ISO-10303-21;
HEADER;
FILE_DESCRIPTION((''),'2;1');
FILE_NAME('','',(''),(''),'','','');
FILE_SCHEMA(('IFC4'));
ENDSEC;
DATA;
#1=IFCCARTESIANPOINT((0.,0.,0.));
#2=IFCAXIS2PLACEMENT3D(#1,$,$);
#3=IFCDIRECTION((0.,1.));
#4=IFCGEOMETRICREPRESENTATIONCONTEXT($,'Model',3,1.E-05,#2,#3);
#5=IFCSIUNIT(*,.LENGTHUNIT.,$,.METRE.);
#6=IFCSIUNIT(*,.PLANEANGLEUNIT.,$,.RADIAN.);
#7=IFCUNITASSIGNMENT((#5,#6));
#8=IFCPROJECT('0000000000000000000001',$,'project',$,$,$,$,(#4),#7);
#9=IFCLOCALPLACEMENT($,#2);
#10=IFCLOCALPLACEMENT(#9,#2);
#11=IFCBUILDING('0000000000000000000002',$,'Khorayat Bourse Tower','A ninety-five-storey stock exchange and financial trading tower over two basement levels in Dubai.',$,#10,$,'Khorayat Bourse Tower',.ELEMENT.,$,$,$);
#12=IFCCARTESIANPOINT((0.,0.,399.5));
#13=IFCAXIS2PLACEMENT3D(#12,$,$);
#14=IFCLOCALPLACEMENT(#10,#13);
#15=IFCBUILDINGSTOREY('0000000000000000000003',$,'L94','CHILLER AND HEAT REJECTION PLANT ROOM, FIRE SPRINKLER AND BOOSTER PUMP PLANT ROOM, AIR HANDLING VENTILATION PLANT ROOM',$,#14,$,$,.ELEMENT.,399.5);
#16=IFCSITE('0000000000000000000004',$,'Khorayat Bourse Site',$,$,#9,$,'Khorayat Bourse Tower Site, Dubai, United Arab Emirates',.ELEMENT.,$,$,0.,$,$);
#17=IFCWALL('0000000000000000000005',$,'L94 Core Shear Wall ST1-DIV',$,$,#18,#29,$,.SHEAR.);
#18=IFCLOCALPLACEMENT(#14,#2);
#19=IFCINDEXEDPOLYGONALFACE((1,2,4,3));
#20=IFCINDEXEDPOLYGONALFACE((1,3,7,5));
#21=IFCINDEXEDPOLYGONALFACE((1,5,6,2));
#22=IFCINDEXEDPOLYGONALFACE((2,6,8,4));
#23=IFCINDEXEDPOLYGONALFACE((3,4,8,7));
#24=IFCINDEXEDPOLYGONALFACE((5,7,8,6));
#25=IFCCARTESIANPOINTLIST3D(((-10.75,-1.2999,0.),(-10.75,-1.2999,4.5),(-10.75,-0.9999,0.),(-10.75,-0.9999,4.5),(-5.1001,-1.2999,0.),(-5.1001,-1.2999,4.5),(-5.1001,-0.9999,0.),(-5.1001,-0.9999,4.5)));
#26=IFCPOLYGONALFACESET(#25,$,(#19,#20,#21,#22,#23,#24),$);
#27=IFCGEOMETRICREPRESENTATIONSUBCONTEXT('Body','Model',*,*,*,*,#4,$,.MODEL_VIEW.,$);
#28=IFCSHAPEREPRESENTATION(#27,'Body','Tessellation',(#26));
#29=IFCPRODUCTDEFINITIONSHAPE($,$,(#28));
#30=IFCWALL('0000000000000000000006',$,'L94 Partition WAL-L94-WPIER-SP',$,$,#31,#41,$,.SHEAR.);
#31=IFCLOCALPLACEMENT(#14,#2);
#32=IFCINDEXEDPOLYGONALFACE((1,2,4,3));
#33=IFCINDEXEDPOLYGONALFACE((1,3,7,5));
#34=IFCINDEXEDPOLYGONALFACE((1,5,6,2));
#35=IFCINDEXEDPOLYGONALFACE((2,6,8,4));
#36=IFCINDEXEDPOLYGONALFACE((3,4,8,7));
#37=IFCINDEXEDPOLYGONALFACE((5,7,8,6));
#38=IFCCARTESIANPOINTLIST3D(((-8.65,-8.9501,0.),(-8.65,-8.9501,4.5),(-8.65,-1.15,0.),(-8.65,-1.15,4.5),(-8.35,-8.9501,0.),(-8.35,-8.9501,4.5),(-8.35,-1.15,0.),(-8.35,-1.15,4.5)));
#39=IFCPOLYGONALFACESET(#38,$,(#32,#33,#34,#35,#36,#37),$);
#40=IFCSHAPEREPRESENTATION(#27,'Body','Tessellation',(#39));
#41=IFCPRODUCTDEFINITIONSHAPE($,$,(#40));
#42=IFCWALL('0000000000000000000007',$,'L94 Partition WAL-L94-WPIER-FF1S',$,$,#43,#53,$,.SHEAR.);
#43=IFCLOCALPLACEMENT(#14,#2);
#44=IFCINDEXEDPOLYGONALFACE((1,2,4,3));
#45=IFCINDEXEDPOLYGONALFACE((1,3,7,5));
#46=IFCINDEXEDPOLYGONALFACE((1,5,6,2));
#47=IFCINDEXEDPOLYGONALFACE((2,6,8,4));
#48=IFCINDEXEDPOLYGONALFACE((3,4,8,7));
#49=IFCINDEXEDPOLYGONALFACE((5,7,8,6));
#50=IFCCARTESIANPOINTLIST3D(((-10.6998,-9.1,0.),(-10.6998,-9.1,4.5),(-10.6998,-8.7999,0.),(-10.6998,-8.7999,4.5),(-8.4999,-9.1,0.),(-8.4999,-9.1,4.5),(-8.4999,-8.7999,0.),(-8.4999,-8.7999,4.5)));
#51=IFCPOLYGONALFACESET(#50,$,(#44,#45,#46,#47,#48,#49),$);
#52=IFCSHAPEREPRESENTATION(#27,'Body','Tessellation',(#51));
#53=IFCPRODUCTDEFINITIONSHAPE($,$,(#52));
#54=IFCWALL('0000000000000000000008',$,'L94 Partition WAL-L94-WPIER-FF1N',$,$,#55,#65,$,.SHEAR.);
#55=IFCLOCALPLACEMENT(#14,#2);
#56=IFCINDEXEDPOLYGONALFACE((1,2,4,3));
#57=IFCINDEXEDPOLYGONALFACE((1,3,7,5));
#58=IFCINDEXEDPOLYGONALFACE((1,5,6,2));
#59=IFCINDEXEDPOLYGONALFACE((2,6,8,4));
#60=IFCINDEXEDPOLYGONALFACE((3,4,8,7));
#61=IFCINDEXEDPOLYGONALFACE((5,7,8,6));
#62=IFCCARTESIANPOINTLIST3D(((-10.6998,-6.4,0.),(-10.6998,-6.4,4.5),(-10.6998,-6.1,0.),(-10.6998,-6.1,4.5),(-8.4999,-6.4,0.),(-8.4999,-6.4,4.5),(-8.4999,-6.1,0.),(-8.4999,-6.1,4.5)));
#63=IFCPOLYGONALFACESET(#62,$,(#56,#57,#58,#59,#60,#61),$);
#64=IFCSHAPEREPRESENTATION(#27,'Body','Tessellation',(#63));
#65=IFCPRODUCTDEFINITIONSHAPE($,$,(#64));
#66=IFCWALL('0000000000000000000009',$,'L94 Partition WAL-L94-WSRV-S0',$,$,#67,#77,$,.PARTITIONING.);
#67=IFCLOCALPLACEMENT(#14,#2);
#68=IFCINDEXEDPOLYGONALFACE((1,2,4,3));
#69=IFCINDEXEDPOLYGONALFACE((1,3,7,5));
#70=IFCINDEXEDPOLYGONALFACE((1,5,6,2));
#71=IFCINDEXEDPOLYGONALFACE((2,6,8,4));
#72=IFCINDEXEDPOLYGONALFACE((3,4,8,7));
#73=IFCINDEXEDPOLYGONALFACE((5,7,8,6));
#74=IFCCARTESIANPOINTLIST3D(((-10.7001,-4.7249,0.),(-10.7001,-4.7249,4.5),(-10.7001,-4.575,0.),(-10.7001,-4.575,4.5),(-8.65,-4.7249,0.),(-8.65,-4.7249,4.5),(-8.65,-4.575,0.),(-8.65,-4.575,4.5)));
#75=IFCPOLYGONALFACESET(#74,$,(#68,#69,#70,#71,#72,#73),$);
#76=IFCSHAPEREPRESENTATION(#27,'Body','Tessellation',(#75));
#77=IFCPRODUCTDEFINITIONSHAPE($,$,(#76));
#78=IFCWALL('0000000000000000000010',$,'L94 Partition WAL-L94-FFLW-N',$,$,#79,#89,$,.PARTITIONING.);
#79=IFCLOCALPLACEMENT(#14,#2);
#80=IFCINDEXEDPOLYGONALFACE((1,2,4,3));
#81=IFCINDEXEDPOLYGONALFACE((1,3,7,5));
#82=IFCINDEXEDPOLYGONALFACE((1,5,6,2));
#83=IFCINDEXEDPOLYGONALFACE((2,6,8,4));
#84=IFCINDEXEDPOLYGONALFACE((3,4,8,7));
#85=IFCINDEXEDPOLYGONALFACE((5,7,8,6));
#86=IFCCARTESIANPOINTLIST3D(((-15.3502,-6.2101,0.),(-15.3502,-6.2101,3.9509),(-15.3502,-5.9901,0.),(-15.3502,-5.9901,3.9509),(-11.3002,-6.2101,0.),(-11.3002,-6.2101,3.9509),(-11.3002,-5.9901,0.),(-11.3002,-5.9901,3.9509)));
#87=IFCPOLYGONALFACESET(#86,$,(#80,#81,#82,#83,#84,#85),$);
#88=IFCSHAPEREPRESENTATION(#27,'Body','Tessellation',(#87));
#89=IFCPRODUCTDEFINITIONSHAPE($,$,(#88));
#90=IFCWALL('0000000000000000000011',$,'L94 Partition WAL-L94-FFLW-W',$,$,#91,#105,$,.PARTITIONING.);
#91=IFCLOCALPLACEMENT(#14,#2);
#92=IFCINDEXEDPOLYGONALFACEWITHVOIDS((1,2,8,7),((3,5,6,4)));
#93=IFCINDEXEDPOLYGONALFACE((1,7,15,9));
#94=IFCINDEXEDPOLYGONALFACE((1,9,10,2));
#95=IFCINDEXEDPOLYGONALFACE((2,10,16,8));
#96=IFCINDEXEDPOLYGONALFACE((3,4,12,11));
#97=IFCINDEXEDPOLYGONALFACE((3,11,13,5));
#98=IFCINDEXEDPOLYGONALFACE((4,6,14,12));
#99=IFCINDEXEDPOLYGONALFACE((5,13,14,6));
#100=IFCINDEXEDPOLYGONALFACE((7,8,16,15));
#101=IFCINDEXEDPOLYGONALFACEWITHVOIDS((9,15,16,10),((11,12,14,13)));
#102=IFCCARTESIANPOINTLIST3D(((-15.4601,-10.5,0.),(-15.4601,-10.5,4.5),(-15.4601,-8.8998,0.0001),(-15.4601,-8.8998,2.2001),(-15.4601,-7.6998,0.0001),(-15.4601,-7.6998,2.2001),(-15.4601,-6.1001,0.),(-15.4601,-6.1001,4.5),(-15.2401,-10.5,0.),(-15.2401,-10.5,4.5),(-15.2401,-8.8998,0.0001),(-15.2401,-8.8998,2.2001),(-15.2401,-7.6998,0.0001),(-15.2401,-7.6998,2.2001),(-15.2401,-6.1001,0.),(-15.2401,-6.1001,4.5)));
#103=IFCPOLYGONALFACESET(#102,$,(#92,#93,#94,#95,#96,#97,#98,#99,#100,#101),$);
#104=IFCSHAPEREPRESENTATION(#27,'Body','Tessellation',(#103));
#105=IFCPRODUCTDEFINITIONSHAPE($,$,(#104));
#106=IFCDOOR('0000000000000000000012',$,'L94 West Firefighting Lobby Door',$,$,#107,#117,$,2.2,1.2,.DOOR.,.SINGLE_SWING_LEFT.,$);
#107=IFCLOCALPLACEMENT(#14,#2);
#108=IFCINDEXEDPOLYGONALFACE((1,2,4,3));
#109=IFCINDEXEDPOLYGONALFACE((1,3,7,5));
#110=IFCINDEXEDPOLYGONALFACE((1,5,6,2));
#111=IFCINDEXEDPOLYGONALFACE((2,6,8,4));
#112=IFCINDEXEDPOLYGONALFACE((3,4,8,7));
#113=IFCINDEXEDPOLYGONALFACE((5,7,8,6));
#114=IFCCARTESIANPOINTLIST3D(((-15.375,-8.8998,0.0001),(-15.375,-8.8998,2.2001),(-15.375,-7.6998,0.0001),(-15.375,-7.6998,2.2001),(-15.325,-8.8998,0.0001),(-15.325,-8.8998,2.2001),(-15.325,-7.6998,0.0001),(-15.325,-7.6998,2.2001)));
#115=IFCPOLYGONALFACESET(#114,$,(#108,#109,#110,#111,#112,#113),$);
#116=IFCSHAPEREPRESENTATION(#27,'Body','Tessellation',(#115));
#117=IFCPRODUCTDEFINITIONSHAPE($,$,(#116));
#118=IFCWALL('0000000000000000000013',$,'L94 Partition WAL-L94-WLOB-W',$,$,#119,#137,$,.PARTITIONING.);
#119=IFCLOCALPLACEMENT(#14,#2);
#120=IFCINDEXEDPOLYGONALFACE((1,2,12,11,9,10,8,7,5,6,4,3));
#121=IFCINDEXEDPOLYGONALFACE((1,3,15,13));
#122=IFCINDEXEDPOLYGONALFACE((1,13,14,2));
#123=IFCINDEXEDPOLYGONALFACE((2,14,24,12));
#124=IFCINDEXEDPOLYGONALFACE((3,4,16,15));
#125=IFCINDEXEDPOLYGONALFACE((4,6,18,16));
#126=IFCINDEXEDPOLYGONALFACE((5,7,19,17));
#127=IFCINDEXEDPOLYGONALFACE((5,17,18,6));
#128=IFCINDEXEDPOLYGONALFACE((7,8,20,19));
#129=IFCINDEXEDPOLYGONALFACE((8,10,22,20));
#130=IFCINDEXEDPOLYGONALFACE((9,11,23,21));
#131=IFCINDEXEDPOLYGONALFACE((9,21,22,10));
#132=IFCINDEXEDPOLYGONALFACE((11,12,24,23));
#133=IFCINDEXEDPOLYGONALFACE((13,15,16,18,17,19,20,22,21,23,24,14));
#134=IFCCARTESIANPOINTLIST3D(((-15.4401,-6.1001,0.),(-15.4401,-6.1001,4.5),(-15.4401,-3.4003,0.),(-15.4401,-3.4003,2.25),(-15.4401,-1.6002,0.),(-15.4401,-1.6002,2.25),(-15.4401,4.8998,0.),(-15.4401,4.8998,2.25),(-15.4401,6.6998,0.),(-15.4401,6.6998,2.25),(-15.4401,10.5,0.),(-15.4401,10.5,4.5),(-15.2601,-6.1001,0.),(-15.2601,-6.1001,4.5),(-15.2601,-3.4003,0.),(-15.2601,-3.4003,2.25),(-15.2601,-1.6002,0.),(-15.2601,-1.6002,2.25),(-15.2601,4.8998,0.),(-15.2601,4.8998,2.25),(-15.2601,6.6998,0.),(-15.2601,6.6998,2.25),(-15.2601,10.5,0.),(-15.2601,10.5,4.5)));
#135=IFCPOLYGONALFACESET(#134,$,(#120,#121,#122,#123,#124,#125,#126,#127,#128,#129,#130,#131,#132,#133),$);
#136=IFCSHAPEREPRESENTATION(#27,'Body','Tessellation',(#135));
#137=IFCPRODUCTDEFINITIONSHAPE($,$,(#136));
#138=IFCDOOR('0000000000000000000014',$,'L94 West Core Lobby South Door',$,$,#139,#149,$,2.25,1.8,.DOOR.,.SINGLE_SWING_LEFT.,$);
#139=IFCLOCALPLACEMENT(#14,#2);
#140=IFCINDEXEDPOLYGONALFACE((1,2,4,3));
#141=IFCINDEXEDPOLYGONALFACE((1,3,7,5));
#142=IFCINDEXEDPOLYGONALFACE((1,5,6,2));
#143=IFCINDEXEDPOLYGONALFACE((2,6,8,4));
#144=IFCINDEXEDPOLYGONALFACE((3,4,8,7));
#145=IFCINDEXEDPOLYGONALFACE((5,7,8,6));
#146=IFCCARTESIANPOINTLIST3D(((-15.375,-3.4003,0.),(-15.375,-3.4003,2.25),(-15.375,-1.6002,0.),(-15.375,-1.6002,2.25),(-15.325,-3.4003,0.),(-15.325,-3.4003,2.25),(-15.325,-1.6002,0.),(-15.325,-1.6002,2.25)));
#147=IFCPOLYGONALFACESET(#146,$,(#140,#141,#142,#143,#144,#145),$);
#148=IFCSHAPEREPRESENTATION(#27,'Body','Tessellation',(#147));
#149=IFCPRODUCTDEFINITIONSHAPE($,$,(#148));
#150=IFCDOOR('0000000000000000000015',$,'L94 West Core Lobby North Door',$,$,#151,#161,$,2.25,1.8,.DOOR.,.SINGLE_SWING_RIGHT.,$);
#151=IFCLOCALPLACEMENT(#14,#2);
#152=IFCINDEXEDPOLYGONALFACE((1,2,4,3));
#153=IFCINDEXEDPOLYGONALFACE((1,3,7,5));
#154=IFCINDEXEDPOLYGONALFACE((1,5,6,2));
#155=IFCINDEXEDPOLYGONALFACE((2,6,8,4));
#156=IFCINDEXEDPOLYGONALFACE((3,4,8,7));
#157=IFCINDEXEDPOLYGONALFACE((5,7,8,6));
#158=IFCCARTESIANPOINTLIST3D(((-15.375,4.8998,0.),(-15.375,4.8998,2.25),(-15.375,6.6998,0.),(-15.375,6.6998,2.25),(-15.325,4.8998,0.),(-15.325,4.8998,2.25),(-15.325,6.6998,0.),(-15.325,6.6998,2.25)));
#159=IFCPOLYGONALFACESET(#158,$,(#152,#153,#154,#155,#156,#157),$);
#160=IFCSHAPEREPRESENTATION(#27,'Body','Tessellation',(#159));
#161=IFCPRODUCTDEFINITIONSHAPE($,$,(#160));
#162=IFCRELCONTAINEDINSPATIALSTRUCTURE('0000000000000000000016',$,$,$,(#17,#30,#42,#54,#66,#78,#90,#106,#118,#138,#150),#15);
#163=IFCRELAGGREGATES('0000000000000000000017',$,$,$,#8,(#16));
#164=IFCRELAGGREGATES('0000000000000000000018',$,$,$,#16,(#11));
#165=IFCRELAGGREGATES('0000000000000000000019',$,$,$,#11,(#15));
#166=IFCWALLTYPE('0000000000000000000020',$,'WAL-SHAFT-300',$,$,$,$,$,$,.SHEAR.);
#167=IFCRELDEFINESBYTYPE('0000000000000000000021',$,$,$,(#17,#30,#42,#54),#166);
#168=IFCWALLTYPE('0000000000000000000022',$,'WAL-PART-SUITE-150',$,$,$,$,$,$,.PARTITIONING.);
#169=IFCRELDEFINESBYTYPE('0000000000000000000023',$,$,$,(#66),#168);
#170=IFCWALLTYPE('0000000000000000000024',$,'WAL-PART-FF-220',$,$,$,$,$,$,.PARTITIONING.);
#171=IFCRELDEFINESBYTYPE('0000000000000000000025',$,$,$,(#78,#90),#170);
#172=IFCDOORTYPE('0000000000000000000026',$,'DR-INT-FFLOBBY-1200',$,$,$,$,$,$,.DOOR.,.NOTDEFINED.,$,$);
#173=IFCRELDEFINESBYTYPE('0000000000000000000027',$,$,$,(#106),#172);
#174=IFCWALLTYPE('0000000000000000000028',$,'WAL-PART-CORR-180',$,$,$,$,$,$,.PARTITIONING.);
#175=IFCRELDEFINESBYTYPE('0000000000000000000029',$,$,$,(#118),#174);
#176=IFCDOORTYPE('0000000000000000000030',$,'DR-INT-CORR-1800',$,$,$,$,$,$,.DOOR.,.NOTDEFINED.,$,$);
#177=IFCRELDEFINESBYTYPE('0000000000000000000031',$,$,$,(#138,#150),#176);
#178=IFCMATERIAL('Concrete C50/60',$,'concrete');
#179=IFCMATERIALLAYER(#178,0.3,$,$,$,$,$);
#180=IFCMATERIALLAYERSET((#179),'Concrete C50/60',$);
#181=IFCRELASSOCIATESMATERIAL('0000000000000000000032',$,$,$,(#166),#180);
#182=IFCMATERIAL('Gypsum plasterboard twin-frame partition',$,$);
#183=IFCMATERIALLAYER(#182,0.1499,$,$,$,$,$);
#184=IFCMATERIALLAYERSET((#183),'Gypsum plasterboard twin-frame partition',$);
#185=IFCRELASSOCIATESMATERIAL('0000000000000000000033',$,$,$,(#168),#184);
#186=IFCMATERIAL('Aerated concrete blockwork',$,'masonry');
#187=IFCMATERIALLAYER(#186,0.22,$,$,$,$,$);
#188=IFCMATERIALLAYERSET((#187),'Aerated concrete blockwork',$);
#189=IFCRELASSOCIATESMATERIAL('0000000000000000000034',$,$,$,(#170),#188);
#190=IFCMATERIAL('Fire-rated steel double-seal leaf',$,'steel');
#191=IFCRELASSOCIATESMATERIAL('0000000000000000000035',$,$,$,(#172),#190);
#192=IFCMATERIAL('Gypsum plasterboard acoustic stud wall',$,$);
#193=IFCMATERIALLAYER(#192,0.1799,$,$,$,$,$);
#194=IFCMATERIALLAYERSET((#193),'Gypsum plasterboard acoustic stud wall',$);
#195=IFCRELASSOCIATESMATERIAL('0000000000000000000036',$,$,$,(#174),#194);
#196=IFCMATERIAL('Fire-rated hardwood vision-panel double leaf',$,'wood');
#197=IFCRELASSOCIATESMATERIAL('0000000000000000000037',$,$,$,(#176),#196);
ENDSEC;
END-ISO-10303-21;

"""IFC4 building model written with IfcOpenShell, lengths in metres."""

from ifc_helpers import new_model, si_unit, direction, frame, frame_2d, origin, place, context, subcontext, project, spatial, rectangle, extrude, source, transform, mapped, material, layer, layer_set, type_object, element, fill, save


model = new_model("IFC4")

# Units and contexts
model_context = context("Model", 3, precision=1e-05, world=origin(), true_north=direction((0.0, 1.0)))
body_context = subcontext(model_context, "Body", "Model", "MODEL_VIEW")
ifc_project = project(units=[si_unit("LENGTHUNIT", "METRE"), si_unit("PLANEANGLEUNIT", "RADIAN")], contexts=[model_context])

# Site, building, storey
site_placement = place(None, origin())
site = spatial("IfcSite", under=ifc_project, at=site_placement, Name="Khorayat Bourse Site", LongName="Khorayat Bourse Tower Site, Dubai, United Arab Emirates", CompositionType="ELEMENT", RefElevation=0.0)
building_placement = place(site_placement, origin())
building = spatial("IfcBuilding", under=site, at=building_placement, Name="Khorayat Bourse Tower", Description="A ninety-five-storey stock exchange and financial trading tower over two basement levels in Dubai.", LongName="Khorayat Bourse Tower", CompositionType="ELEMENT")
storey_placement = place(building_placement, frame((0.0, 0.0, 399.5)))
storey = spatial("IfcBuildingStorey", under=building, at=storey_placement, Name="L94", Description="CHILLER AND HEAT REJECTION PLANT ROOM, FIRE SPRINKLER AND BOOSTER PUMP PLANT ROOM, AIR HANDLING VENTILATION PLANT ROOM", CompositionType="ELEMENT", Elevation=399.5)

# Walls
ifc_material_1 = material(Name="Concrete C50/60", Category="concrete")
ifc_layer_1 = layer(ifc_material_1, 0.3)
ifc_layer_set_1 = layer_set([ifc_layer_1], Name="Concrete C50/60")
wall_type_1 = type_object("IfcWallType", Name="WAL-SHAFT-300", PredefinedType="SHEAR", material=ifc_layer_set_1)
shared_shape_1 = source(origin(), body_context, "Body", "SweptSolid", [
    extrude(rectangle(XDim=5.6499, YDim=0.3, at=frame_2d((2.825, 0.0))), origin(), (0.0, 0.0, 1.0), 4.5),
])
wall_1_placement = place(storey_placement, frame((-10.75, -1.1499, 0.0), z_axis=(0.0, 0.0, 1.0), x_axis=(1.0, 0.0, 0.0)))
element("IfcWall", 1, at=wall_1_placement, inside=storey, type_object=wall_type_1, Name="L94 Core Shear Wall ST1-DIV", PredefinedType="SHEAR", context=body_context, shape_type="MappedRepresentation", body=[
    mapped(shared_shape_1, transform((0.0, 0.0, 0.0), scale=1.0)),
])
shared_shape_2 = source(origin(), body_context, "Body", "SweptSolid", [
    extrude(rectangle(XDim=7.8, YDim=0.3, at=frame_2d((3.8999, 0.0))), origin(), (0.0, 0.0, 1.0), 4.5),
])
wall_2_placement = place(storey_placement, frame((-8.5, -8.95, 0.0), z_axis=(0.0, 0.0, 1.0), x_axis=(0.0, 1.0, 0.0)))
element("IfcWall", 2, at=wall_2_placement, inside=storey, type_object=wall_type_1, Name="L94 Partition WAL-L94-WPIER-SP", PredefinedType="SHEAR", context=body_context, shape_type="MappedRepresentation", body=[
    mapped(shared_shape_2, transform((0.0, 0.0, 0.0), scale=1.0)),
])
shared_shape_3 = source(origin(), body_context, "Body", "SweptSolid", [
    extrude(rectangle(XDim=2.2, YDim=0.3, at=frame_2d((1.1001, 0.0))), origin(), (0.0, 0.0, 1.0), 4.5),
])
for number, where, z_axis, x_axis, name in (
    (3, (-10.7, -8.95, 0.0), (0.0, 0.0, 1.0), (1.0, 0.0, 0.0), "L94 Partition WAL-L94-WPIER-FF1S"),
    (4, (-10.7, -6.25, 0.0), (0.0, 0.0, 1.0), (1.0, 0.0, 0.0), "L94 Partition WAL-L94-WPIER-FF1N"),
):
    element("IfcWall", number, at=place(storey_placement, frame(where, z_axis=z_axis, x_axis=x_axis)), inside=storey, type_object=wall_type_1, Name=name, PredefinedType="SHEAR", context=body_context, shape_type="MappedRepresentation", body=[
        mapped(shared_shape_3, transform((0.0, 0.0, 0.0), scale=1.0)),
    ])
ifc_material_2 = material(Name="Gypsum plasterboard twin-frame partition")
ifc_layer_2 = layer(ifc_material_2, 0.1499)
ifc_layer_set_2 = layer_set([ifc_layer_2], Name="Gypsum plasterboard twin-frame partition")
wall_type_2 = type_object("IfcWallType", Name="WAL-PART-SUITE-150", PredefinedType="PARTITIONING", material=ifc_layer_set_2)
shared_shape_4 = source(origin(), body_context, "Body", "SweptSolid", [
    extrude(rectangle(XDim=2.05, YDim=0.1499, at=frame_2d((1.0249, 0.0))), origin(), (0.0, 0.0, 1.0), 4.5),
])
wall_3_placement = place(storey_placement, frame((-10.7, -4.6499, 0.0), z_axis=(0.0, 0.0, 1.0), x_axis=(1.0, 0.0, 0.0)))
element("IfcWall", 5, at=wall_3_placement, inside=storey, type_object=wall_type_2, Name="L94 Partition WAL-L94-WSRV-S0", PredefinedType="PARTITIONING", context=body_context, shape_type="MappedRepresentation", body=[
    mapped(shared_shape_4, transform((0.0, 0.0, 0.0), scale=1.0)),
])
ifc_material_3 = material(Name="Aerated concrete blockwork", Category="masonry")
ifc_layer_3 = layer(ifc_material_3, 0.22)
ifc_layer_set_3 = layer_set([ifc_layer_3], Name="Aerated concrete blockwork")
wall_type_3 = type_object("IfcWallType", Name="WAL-PART-FF-220", PredefinedType="PARTITIONING", material=ifc_layer_set_3)
shared_shape_5 = source(origin(), body_context, "Body", "SweptSolid", [
    extrude(rectangle(XDim=4.05, YDim=0.22, at=frame_2d((2.0249, 0.0))), origin(), (0.0, 0.0, 1.0), 3.9509),
])
wall_4_placement = place(storey_placement, frame((-15.3501, -6.1001, 0.0), z_axis=(0.0, 0.0, 1.0), x_axis=(1.0, 0.0, 0.0)))
element("IfcWall", 6, at=wall_4_placement, inside=storey, type_object=wall_type_3, Name="L94 Partition WAL-L94-FFLW-N", PredefinedType="PARTITIONING", context=body_context, shape_type="MappedRepresentation", body=[
    mapped(shared_shape_5, transform((0.0, 0.0, 0.0), scale=1.0)),
])

# Wall, opening, door
shared_shape_6 = source(origin(), body_context, "Body", "SweptSolid", [
    extrude(rectangle(XDim=4.3999, YDim=0.22, at=frame_2d((2.2, 0.0))), origin(), (0.0, 0.0, 1.0), 4.5),
])
wall_5_placement = place(storey_placement, frame((-15.3501, -10.5, 0.0), z_axis=(0.0, 0.0, 1.0), x_axis=(0.0, 1.0, 0.0)))
wall_5 = element("IfcWall", 7, at=wall_5_placement, inside=storey, type_object=wall_type_3, Name="L94 Partition WAL-L94-FFLW-W", PredefinedType="PARTITIONING", context=body_context, shape_type="MappedRepresentation", body=[
    mapped(shared_shape_6, transform((0.0, 0.0, 0.0), scale=1.0)),
])
shared_shape_7 = source(origin(), body_context, "Body", "SweptSolid", [
    extrude(rectangle(XDim=1.2, YDim=2.2, at=frame_2d((0.6001, 1.1001))), frame((0.0, 0.1199, 0.0), z_axis=(0.0, -1.0, 0.0), x_axis=(1.0, 0.0, 0.0)), (0.0, 0.0, 1.0), 0.24),
])
opening_1_placement = place(wall_5_placement, frame((1.6001, 0.0, 0.0)))
opening_1 = element("IfcOpeningElement", 8, at=opening_1_placement, cuts=wall_5, PredefinedType="OPENING", context=body_context, shape_type="MappedRepresentation", body=[
    mapped(shared_shape_7, transform((0.0, 0.0, 0.0), scale=1.0)),
])
ifc_material_4 = material(Name="Fire-rated steel double-seal leaf", Category="steel")
door_type_1 = type_object("IfcDoorType", Name="DR-INT-FFLOBBY-1200", OperationType="NOTDEFINED", PredefinedType="DOOR", material=ifc_material_4)
shared_shape_8 = source(origin(), body_context, "Body", "SweptSolid", [
    extrude(rectangle(XDim=1.2, YDim=2.2, at=frame_2d((0.6001, 1.1001))), frame((0.0, 0.0249, 0.0), z_axis=(0.0, -1.0, 0.0), x_axis=(1.0, 0.0, 0.0)), (0.0, 0.0, 1.0), 0.05),
])
door_1_placement = place(opening_1_placement, origin())
door_1 = element("IfcDoor", 9, at=door_1_placement, inside=storey, type_object=door_type_1, Name="L94 West Firefighting Lobby Door", OperationType="SINGLE_SWING_LEFT", OverallHeight=2.2, OverallWidth=1.2, PredefinedType="DOOR", context=body_context, shape_type="MappedRepresentation", body=[
    mapped(shared_shape_8, transform((0.0, 0.0, 0.0), scale=1.0)),
])
fill(opening_1, door_1)

# Wall, openings, doors
ifc_material_5 = material(Name="Gypsum plasterboard acoustic stud wall")
ifc_layer_4 = layer(ifc_material_5, 0.1799)
ifc_layer_set_4 = layer_set([ifc_layer_4], Name="Gypsum plasterboard acoustic stud wall")
wall_type_4 = type_object("IfcWallType", Name="WAL-PART-CORR-180", PredefinedType="PARTITIONING", material=ifc_layer_set_4)
shared_shape_9 = source(origin(), body_context, "Body", "SweptSolid", [
    extrude(rectangle(XDim=16.6001, YDim=0.1799, at=frame_2d((8.3, 0.0))), origin(), (0.0, 0.0, 1.0), 4.5),
])
wall_6_placement = place(storey_placement, frame((-15.3501, -6.1001, 0.0), z_axis=(0.0, 0.0, 1.0), x_axis=(0.0, 1.0, 0.0)))
wall_6 = element("IfcWall", 10, at=wall_6_placement, inside=storey, type_object=wall_type_4, Name="L94 Partition WAL-L94-WLOB-W", PredefinedType="PARTITIONING", context=body_context, shape_type="MappedRepresentation", body=[
    mapped(shared_shape_9, transform((0.0, 0.0, 0.0), scale=1.0)),
])
shared_shape_10 = source(origin(), body_context, "Body", "SweptSolid", [
    extrude(rectangle(XDim=1.8, YDim=2.25, at=frame_2d((0.8999, 1.125))), frame((0.0, 0.0999, 0.0), z_axis=(0.0, -1.0, 0.0), x_axis=(1.0, 0.0, 0.0)), (0.0, 0.0, 1.0), 0.2),
])
opening_2_placement = place(wall_6_placement, frame((2.7, 0.0, 0.0)))
opening_2 = element("IfcOpeningElement", 11, at=opening_2_placement, cuts=wall_6, PredefinedType="OPENING", context=body_context, shape_type="MappedRepresentation", body=[
    mapped(shared_shape_10, transform((0.0, 0.0, 0.0), scale=1.0)),
])
opening_3_placement = place(wall_6_placement, frame((11.0, 0.0, 0.0)))
opening_3 = element("IfcOpeningElement", 12, at=opening_3_placement, cuts=wall_6, PredefinedType="OPENING", context=body_context, shape_type="MappedRepresentation", body=[
    mapped(shared_shape_10, transform((0.0, 0.0, 0.0), scale=1.0)),
])
ifc_material_6 = material(Name="Fire-rated hardwood vision-panel double leaf", Category="wood")
door_type_2 = type_object("IfcDoorType", Name="DR-INT-CORR-1800", OperationType="NOTDEFINED", PredefinedType="DOOR", material=ifc_material_6)
shared_shape_11 = source(origin(), body_context, "Body", "SweptSolid", [
    extrude(rectangle(XDim=1.8, YDim=2.25, at=frame_2d((0.8999, 1.125))), frame((0.0, 0.0249, 0.0), z_axis=(0.0, -1.0, 0.0), x_axis=(1.0, 0.0, 0.0)), (0.0, 0.0, 1.0), 0.05),
])
door_2_placement = place(opening_2_placement, origin())
door_2 = element("IfcDoor", 13, at=door_2_placement, inside=storey, type_object=door_type_2, Name="L94 West Core Lobby South Door", OperationType="SINGLE_SWING_LEFT", OverallHeight=2.25, OverallWidth=1.8, PredefinedType="DOOR", context=body_context, shape_type="MappedRepresentation", body=[
    mapped(shared_shape_11, transform((0.0, 0.0, 0.0), scale=1.0)),
])
fill(opening_2, door_2)
door_3_placement = place(opening_3_placement, origin())
door_3 = element("IfcDoor", 14, at=door_3_placement, inside=storey, type_object=door_type_2, Name="L94 West Core Lobby North Door", OperationType="SINGLE_SWING_RIGHT", OverallHeight=2.25, OverallWidth=1.8, PredefinedType="DOOR", context=body_context, shape_type="MappedRepresentation", body=[
    mapped(shared_shape_11, transform((0.0, 0.0, 0.0), scale=1.0)),
])
fill(opening_3, door_3)

save(model, "model.ifc")
